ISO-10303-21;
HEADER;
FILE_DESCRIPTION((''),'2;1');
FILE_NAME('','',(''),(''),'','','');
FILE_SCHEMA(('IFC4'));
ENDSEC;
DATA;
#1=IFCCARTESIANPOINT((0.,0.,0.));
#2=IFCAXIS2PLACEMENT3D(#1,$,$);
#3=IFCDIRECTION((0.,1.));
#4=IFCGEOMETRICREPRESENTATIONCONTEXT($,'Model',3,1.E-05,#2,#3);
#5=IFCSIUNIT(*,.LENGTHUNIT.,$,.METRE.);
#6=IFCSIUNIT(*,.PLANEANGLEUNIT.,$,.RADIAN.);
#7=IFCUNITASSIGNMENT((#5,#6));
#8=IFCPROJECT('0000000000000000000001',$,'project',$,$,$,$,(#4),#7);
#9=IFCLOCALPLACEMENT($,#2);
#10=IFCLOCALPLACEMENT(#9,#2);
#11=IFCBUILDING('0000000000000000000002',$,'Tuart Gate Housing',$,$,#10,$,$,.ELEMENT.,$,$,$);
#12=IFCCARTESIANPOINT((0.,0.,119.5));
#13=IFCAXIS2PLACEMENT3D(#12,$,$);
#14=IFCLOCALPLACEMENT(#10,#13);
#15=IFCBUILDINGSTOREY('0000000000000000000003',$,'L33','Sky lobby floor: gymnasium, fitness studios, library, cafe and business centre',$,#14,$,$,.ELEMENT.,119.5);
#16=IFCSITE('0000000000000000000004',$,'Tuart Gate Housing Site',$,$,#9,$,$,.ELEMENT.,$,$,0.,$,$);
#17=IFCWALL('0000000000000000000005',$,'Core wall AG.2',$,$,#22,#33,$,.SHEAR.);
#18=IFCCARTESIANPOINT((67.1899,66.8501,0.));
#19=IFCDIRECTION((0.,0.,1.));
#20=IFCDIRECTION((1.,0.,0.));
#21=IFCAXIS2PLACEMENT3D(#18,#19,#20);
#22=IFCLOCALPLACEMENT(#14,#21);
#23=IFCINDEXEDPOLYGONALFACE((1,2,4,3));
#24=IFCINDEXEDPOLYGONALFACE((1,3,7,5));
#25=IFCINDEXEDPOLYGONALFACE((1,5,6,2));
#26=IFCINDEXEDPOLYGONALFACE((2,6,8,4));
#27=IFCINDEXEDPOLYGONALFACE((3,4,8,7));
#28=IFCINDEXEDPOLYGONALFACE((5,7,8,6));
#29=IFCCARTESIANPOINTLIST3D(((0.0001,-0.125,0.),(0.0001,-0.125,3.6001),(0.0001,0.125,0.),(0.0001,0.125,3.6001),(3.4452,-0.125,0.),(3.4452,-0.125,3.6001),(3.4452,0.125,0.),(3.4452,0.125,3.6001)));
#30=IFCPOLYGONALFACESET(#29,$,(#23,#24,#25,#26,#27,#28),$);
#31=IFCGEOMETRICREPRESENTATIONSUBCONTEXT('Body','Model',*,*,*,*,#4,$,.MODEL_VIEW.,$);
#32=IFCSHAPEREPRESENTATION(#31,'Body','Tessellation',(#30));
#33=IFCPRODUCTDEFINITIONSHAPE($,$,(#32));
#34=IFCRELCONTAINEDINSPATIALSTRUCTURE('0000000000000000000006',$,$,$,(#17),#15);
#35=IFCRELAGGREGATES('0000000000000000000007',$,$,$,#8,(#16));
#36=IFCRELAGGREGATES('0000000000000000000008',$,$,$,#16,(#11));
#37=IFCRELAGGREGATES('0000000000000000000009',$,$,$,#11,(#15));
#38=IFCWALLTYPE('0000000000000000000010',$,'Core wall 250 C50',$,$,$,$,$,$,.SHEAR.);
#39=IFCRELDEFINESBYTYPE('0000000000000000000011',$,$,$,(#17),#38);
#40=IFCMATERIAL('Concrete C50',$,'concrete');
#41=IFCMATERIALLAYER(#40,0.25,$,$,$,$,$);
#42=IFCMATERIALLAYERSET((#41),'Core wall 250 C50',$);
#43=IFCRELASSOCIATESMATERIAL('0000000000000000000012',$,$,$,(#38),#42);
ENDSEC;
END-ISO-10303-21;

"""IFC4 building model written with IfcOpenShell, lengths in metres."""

from ifc_helpers import new_model, si_unit, direction, frame, frame_2d, origin, place, context, subcontext, project, spatial, rectangle, extrude, material, layer, layer_set, type_object, element, save


model = new_model("IFC4")

# Units and contexts
model_context = context("Model", 3, precision=1e-05, world=origin(), true_north=direction((0.0, 1.0)))
body_context = subcontext(model_context, "Body", "Model", "MODEL_VIEW")
ifc_project = project(units=[si_unit("LENGTHUNIT", "METRE"), si_unit("PLANEANGLEUNIT", "RADIAN")], contexts=[model_context])

# Site, building, storey
site_placement = place(None, origin())
site = spatial("IfcSite", under=ifc_project, at=site_placement, Name="Tuart Gate Housing Site", CompositionType="ELEMENT", RefElevation=0.0)
building_placement = place(site_placement, origin())
building = spatial("IfcBuilding", under=site, at=building_placement, Name="Tuart Gate Housing", CompositionType="ELEMENT")
storey_placement = place(building_placement, frame((0.0, 0.0, 119.5)))
storey = spatial("IfcBuildingStorey", under=building, at=storey_placement, Name="L33", Description="Sky lobby floor: gymnasium, fitness studios, library, cafe and business centre", CompositionType="ELEMENT", Elevation=119.5)

# Wall
ifc_material_1 = material(Name="Concrete C50", Category="concrete")
ifc_layer_1 = layer(ifc_material_1, 0.25)
ifc_layer_set_1 = layer_set([ifc_layer_1], Name="Core wall 250 C50")
wall_type_1 = type_object("IfcWallType", Name="Core wall 250 C50", PredefinedType="SHEAR", material=ifc_layer_set_1)
wall_1_placement = place(storey_placement, frame((67.1899, 66.8501, 0.0), z_axis=(0.0, 0.0, 1.0), x_axis=(1.0, 0.0, 0.0)))
element("IfcWall", 1, at=wall_1_placement, inside=storey, type_object=wall_type_1, Name="Core wall AG.2", PredefinedType="SHEAR", context=body_context, shape_type="SweptSolid", body=[
    extrude(rectangle(XDim=3.4451, YDim=0.25, at=frame_2d((1.7227, 0.0))), origin(), (0.0, 0.0, 1.0), 3.6001),
])

save(model, "model.ifc")
